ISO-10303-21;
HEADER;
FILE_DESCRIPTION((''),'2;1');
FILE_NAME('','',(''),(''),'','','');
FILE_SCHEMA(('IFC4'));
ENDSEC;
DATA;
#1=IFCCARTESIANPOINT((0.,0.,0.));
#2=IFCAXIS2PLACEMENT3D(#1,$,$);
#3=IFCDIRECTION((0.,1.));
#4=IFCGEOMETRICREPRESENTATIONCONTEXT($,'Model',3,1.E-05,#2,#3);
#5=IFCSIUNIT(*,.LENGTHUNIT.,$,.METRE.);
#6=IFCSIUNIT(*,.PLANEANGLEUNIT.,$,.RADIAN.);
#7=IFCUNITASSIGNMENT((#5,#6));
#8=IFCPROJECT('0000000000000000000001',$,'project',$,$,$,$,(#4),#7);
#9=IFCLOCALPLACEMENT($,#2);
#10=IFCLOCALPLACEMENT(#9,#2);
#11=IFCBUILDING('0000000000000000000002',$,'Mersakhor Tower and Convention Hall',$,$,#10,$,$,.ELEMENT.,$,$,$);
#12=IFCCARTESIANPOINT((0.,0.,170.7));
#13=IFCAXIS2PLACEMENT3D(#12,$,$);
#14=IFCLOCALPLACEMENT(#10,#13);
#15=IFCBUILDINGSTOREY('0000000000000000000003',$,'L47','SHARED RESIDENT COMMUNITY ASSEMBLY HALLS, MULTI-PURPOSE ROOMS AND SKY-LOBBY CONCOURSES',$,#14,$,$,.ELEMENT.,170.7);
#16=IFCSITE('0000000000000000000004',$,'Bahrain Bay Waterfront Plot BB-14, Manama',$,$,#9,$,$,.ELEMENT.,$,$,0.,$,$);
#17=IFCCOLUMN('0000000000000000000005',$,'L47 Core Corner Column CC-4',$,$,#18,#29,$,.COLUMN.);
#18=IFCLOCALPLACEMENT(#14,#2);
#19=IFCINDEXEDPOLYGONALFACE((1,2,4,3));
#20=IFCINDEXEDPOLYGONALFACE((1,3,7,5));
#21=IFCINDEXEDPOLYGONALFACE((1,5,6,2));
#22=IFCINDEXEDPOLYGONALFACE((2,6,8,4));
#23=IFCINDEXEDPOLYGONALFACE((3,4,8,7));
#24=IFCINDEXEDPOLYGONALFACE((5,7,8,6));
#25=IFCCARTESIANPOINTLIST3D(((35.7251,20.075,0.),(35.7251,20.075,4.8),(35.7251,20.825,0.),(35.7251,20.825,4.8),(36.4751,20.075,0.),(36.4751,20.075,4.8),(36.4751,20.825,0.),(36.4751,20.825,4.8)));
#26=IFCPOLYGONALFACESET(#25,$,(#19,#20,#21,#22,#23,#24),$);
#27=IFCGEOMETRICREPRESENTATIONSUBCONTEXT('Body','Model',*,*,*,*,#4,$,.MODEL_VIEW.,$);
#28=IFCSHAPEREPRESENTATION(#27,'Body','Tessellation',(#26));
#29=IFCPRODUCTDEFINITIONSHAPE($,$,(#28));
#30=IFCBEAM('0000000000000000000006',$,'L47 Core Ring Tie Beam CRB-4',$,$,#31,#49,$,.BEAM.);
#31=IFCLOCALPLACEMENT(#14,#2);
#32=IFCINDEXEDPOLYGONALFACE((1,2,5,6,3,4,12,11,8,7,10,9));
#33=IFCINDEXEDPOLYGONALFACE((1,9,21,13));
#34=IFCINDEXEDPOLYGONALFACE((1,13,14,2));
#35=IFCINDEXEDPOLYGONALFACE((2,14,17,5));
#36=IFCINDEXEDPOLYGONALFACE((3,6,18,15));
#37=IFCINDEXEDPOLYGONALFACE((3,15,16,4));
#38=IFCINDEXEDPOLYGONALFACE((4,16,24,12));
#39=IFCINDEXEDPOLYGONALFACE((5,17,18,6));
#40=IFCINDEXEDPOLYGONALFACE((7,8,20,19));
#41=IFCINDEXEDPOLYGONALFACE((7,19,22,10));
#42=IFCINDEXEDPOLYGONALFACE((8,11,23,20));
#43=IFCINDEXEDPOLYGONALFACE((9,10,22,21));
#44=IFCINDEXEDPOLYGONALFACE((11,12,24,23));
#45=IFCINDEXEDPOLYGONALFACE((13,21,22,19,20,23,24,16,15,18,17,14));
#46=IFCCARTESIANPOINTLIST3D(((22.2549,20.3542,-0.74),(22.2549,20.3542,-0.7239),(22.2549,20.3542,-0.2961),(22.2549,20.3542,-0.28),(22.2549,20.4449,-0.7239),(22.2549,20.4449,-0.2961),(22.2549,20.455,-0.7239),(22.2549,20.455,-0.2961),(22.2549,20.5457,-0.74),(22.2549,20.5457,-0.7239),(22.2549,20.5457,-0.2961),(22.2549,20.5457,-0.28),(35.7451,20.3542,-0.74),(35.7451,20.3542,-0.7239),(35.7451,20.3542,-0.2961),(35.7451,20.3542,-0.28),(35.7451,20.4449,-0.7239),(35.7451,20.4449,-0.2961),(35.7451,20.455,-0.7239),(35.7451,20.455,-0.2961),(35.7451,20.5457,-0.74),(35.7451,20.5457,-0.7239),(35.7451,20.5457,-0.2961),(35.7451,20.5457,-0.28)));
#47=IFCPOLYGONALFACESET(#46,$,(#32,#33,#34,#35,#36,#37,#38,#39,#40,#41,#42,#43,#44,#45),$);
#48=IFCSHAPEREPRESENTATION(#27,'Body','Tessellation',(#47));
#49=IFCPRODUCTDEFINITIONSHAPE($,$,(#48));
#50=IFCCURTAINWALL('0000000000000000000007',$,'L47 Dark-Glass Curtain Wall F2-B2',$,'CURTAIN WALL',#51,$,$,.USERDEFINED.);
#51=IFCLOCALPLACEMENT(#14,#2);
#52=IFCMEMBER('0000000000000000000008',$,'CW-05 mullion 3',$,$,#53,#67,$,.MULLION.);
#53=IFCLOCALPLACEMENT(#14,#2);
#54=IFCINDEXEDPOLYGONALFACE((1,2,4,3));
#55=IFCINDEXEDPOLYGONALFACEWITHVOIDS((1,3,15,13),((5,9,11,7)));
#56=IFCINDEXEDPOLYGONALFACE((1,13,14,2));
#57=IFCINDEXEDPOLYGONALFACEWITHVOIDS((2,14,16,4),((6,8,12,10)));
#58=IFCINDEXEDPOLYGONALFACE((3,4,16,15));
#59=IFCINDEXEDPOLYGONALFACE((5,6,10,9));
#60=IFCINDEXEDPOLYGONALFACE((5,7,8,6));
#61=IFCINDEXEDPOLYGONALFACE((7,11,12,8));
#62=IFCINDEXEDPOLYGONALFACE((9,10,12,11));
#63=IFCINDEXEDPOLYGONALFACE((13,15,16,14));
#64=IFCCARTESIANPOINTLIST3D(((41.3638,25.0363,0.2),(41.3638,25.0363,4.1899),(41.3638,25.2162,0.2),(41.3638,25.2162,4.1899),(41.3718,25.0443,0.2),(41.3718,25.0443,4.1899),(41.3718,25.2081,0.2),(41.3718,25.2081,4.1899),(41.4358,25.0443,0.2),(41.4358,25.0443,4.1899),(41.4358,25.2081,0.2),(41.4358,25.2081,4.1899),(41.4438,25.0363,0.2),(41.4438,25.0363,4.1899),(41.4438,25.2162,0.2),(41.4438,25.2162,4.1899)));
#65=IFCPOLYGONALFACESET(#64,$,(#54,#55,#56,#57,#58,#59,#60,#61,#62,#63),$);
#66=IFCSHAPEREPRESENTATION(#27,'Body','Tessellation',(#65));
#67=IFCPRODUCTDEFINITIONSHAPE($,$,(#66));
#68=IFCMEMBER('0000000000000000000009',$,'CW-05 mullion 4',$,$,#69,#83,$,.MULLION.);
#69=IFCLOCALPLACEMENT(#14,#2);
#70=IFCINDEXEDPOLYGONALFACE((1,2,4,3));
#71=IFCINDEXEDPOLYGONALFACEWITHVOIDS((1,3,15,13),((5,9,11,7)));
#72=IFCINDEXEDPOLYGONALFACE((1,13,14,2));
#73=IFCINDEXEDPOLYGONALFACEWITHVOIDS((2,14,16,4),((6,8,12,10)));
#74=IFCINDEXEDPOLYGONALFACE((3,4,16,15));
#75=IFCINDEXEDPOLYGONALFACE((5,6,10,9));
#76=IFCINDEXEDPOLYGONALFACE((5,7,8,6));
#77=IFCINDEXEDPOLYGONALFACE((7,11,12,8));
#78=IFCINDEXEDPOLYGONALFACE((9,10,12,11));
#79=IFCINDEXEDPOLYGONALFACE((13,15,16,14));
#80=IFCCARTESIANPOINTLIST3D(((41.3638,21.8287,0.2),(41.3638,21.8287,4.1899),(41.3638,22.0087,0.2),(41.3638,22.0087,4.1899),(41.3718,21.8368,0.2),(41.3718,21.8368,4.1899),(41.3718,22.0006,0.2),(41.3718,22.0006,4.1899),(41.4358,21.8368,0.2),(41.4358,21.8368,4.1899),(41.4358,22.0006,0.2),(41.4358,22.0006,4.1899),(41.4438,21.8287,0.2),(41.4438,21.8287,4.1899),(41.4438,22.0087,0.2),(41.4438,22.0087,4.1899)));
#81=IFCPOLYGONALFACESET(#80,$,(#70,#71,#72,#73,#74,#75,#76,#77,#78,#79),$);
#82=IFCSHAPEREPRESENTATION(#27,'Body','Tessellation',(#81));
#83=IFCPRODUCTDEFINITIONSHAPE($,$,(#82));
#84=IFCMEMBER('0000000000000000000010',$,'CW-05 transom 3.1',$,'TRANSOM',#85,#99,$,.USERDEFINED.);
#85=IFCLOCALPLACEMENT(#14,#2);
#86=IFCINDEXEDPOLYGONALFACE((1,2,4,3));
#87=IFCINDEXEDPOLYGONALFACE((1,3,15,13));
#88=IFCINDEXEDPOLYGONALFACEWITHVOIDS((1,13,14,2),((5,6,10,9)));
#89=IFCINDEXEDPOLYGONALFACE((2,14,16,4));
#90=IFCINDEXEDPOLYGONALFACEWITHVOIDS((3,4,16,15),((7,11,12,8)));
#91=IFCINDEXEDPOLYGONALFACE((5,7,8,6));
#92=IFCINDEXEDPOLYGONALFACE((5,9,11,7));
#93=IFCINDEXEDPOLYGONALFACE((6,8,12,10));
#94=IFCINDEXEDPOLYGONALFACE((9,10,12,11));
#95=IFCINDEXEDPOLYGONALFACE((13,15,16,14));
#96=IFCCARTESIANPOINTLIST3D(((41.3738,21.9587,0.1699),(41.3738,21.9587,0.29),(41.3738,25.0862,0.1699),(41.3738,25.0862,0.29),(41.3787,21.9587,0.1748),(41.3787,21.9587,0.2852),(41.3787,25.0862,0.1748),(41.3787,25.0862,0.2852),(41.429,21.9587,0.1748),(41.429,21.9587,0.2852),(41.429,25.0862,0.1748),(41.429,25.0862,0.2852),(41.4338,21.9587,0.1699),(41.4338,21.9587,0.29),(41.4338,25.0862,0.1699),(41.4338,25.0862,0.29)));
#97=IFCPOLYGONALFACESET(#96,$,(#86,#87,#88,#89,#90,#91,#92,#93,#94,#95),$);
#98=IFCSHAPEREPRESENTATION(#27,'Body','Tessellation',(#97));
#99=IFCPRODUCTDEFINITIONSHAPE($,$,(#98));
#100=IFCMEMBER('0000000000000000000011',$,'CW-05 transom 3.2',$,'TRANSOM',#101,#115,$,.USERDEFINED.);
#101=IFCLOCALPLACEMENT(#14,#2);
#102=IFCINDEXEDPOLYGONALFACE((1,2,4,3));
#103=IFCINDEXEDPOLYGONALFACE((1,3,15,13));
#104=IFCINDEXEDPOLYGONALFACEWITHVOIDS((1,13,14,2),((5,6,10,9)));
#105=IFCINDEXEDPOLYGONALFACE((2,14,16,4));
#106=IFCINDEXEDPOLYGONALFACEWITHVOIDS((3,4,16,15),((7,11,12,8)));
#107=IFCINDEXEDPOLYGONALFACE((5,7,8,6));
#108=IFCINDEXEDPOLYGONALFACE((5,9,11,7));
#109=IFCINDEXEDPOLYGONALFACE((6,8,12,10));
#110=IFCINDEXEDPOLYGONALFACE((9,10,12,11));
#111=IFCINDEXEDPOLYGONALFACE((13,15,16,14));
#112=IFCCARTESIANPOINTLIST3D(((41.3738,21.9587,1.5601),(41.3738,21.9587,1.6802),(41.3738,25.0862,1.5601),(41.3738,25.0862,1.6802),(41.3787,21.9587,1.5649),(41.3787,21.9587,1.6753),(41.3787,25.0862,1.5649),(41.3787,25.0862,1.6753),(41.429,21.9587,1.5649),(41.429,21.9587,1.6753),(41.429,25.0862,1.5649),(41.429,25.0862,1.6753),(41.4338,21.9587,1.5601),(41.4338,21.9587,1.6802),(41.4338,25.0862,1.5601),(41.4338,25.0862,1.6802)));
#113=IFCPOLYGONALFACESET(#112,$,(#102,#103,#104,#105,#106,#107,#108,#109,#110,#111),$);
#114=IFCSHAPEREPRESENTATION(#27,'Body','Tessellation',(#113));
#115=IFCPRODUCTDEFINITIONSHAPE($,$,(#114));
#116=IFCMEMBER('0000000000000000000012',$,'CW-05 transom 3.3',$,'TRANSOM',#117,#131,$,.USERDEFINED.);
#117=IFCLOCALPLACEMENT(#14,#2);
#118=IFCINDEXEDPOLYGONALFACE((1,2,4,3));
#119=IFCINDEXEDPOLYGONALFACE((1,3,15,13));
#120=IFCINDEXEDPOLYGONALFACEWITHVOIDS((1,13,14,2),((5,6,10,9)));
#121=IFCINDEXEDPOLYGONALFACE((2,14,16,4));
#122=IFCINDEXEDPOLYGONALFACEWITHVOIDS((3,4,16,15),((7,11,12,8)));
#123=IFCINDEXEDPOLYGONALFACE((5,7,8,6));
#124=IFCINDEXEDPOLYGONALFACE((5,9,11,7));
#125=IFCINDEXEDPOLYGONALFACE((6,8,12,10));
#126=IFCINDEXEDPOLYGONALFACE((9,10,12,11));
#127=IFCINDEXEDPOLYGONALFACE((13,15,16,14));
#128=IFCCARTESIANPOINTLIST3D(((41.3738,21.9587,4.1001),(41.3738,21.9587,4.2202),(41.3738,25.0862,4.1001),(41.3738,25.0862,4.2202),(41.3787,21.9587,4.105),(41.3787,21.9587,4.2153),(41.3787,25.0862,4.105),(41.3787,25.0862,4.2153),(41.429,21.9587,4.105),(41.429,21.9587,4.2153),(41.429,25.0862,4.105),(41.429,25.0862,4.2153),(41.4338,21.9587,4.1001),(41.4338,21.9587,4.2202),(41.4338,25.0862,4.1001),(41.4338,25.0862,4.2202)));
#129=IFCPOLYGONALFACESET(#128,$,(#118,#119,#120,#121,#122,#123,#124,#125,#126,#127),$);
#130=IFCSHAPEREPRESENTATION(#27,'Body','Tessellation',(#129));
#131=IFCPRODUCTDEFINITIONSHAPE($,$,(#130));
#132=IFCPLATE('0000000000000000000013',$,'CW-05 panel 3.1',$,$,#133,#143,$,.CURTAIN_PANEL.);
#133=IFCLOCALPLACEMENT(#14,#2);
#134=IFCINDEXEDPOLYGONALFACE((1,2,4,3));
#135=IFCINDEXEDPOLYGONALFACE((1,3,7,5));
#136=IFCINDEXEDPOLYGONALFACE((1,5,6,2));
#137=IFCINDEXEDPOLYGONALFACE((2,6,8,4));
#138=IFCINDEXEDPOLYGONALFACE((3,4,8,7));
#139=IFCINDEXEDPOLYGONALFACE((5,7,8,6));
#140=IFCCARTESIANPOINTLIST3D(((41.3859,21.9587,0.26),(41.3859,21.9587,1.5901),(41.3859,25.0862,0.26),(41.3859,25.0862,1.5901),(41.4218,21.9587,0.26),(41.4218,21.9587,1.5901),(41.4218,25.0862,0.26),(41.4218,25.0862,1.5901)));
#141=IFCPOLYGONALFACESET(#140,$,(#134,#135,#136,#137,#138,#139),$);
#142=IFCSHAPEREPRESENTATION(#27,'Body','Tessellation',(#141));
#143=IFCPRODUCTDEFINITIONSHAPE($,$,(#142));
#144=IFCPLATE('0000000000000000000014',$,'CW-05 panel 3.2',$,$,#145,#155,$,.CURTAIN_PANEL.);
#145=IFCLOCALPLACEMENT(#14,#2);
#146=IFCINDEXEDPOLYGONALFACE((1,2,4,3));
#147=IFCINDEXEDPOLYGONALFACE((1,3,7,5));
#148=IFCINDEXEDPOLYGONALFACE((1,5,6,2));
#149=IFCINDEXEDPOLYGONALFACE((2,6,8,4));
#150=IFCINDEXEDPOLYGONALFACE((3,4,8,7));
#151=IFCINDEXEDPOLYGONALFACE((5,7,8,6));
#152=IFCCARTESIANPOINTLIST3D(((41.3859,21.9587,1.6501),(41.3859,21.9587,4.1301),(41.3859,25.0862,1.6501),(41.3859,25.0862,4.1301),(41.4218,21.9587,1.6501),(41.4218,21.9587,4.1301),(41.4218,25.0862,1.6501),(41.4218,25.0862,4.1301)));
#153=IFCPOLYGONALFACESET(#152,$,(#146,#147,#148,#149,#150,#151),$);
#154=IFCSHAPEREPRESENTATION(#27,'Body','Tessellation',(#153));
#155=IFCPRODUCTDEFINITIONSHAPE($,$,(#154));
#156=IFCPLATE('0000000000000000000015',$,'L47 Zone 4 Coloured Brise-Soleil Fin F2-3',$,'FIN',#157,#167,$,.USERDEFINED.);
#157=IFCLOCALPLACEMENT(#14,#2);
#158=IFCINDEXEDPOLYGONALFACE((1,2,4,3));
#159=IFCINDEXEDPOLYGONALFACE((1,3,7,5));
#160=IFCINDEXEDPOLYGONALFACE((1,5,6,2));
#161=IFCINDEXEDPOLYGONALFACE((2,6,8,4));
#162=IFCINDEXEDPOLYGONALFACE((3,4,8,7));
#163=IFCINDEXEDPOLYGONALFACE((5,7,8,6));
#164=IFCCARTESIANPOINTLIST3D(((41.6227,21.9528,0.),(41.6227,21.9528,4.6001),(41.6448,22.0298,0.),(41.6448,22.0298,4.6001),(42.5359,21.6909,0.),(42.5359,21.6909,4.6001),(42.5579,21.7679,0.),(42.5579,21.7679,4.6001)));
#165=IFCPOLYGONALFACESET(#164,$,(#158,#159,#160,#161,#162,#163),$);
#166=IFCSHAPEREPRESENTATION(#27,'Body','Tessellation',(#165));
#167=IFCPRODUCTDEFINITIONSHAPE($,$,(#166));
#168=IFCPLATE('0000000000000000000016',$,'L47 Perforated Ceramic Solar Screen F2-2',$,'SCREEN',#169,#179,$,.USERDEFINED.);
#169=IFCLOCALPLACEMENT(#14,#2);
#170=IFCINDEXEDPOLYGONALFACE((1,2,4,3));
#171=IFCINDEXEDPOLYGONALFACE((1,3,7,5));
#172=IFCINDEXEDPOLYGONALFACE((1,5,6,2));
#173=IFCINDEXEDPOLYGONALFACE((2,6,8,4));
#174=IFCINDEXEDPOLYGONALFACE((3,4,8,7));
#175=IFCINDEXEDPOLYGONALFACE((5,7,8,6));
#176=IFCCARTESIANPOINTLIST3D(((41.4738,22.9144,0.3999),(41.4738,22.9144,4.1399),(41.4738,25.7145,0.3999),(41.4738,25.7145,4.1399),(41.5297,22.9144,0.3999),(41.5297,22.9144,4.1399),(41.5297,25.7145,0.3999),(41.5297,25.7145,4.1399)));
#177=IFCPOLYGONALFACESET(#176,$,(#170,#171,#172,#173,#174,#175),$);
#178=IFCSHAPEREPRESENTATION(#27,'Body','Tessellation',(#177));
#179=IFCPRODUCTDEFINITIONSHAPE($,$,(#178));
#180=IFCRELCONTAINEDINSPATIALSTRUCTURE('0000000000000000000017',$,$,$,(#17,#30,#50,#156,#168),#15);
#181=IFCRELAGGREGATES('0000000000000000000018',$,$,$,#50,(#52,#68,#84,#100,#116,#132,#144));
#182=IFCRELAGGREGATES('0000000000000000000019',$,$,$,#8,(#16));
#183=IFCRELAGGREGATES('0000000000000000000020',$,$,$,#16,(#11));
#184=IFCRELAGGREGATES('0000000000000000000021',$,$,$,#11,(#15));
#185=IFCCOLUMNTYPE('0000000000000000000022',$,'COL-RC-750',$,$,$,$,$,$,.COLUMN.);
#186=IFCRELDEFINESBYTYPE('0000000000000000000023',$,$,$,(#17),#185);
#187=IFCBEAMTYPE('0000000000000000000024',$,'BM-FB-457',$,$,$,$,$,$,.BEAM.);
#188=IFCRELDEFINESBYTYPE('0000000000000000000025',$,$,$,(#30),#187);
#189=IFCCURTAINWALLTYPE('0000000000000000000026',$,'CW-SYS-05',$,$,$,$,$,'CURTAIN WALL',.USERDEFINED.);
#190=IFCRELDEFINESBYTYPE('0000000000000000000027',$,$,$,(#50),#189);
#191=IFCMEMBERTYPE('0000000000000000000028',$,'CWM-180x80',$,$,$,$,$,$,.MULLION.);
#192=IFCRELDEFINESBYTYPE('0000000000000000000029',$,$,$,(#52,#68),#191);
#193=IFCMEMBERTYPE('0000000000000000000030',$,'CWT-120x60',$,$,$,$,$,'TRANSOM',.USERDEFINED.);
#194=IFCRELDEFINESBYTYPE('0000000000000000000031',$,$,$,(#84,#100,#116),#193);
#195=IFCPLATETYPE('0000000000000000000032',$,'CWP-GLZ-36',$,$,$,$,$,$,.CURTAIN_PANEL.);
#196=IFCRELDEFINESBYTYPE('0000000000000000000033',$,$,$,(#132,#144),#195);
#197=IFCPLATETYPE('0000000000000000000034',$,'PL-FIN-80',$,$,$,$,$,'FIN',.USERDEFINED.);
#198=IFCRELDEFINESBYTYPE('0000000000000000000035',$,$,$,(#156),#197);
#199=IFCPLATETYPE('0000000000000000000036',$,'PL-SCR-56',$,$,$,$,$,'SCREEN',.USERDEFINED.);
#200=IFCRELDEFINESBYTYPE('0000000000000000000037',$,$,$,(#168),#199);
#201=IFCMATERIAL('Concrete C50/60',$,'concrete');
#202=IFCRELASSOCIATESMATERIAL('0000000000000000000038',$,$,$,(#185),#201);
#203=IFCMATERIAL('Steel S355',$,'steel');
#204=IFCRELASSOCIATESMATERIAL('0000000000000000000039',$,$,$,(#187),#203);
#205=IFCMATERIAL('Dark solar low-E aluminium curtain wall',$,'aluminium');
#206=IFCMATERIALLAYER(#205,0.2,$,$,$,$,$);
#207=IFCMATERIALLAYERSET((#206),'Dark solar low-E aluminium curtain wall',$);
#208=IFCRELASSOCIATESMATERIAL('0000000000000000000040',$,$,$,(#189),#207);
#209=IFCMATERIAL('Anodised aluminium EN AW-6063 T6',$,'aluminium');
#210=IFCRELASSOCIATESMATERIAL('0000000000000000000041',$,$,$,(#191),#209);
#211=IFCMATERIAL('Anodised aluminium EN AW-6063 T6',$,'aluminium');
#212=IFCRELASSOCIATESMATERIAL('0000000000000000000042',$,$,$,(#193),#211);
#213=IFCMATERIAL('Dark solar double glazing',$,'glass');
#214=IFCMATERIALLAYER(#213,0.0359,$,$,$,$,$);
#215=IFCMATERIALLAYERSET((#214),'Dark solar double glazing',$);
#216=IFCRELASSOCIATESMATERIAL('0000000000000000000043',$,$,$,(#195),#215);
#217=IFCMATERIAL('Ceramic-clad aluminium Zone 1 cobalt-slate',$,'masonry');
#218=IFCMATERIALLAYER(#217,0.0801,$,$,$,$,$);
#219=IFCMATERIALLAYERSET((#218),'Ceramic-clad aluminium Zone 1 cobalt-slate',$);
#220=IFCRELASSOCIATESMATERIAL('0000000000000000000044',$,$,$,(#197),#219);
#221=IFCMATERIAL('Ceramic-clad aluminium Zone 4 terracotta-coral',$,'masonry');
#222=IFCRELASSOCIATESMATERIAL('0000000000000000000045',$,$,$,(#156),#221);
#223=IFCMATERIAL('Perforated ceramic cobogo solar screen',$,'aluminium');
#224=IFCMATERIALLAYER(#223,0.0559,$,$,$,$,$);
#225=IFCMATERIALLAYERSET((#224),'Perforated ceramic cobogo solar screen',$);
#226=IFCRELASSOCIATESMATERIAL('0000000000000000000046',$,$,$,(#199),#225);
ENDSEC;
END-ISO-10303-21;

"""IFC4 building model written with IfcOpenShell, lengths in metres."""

from ifc_helpers import new_model, si_unit, direction, frame, origin, origin_2d, place, context, subcontext, project, spatial, rectangle, hollow_rectangle, i_section, extrude, material, layer, layer_set, material_profile, profile_set, type_object, element, aggregate, save


model = new_model("IFC4")

# Units and contexts
model_context = context("Model", 3, precision=1e-05, world=origin(), true_north=direction((0.0, 1.0)))
body_context = subcontext(model_context, "Body", "Model", "MODEL_VIEW")
ifc_project = project(units=[si_unit("LENGTHUNIT", "METRE"), si_unit("PLANEANGLEUNIT", "RADIAN")], contexts=[model_context])

# Site, building, storey
site_placement = place(None, origin())
site = spatial("IfcSite", under=ifc_project, at=site_placement, Name="Bahrain Bay Waterfront Plot BB-14, Manama", CompositionType="ELEMENT", RefElevation=0.0)
building_placement = place(site_placement, origin())
building = spatial("IfcBuilding", under=site, at=building_placement, Name="Mersakhor Tower and Convention Hall", CompositionType="ELEMENT")
storey_placement = place(building_placement, frame((0.0, 0.0, 170.7)))
storey = spatial("IfcBuildingStorey", under=building, at=storey_placement, Name="L47", Description="SHARED RESIDENT COMMUNITY ASSEMBLY HALLS, MULTI-PURPOSE ROOMS AND SKY-LOBBY CONCOURSES", CompositionType="ELEMENT", Elevation=170.7)

# Column
ifc_material_1 = material(Name="Concrete C50/60", Category="concrete")
ifc_material_profile_1 = material_profile(ifc_material_1, rectangle(XDim=0.75, YDim=0.75, at=origin_2d()), Name="RC 750x750")
ifc_profile_set_1 = profile_set([ifc_material_profile_1], Name="Concrete C50/60")
column_type = type_object("IfcColumnType", Name="COL-RC-750", PredefinedType="COLUMN", material=ifc_profile_set_1)
column_placement = place(storey_placement, frame((36.1001, 20.45, 0.0), z_axis=(0.0, 0.0, 1.0), x_axis=(1.0, 0.0, 0.0)))
element("IfcColumn", 1, at=column_placement, inside=storey, type_object=column_type, Name="L47 Core Corner Column CC-4", PredefinedType="COLUMN", context=body_context, shape_type="SweptSolid", body=[
    extrude(rectangle(XDim=0.75, YDim=0.75, at=origin_2d()), origin(), (0.0, 0.0, 1.0), 4.8),
])

# Beam
ifc_material_2 = material(Name="Steel S355", Category="steel")
ifc_material_profile_2 = material_profile(ifc_material_2, i_section(OverallWidth=0.1914, OverallDepth=0.46, WebThickness=0.01, FlangeThickness=0.0161, at=origin_2d()), Name="UB 457x191x82")
ifc_profile_set_2 = profile_set([ifc_material_profile_2], Name="Steel S355")
beam_type = type_object("IfcBeamType", Name="BM-FB-457", PredefinedType="BEAM", material=ifc_profile_set_2)
beam_placement = place(storey_placement, frame((35.7451, 20.45, -0.51), z_axis=(-1.0, 0.0, 0.0), x_axis=(0.0, -1.0, 0.0)))
element("IfcBeam", 2, at=beam_placement, inside=storey, type_object=beam_type, Name="L47 Core Ring Tie Beam CRB-4", PredefinedType="BEAM", context=body_context, shape_type="SweptSolid", body=[
    extrude(i_section(OverallWidth=0.1914, OverallDepth=0.46, WebThickness=0.01, FlangeThickness=0.0161, at=origin_2d()), origin(), (0.0, 0.0, 1.0), 13.4902),
])

# Curtain wall, members, plates
ifc_material_3 = material(Name="Dark solar low-E aluminium curtain wall", Category="aluminium")
ifc_layer_1 = layer(ifc_material_3, 0.2)
ifc_layer_set_1 = layer_set([ifc_layer_1], Name="Dark solar low-E aluminium curtain wall")
curtain_wall_type = type_object("IfcCurtainWallType", Name="CW-SYS-05", ElementType="CURTAIN WALL", PredefinedType="USERDEFINED", material=ifc_layer_set_1)
curtain_wall_placement = place(storey_placement, origin())
curtain_wall = element("IfcCurtainWall", 3, at=curtain_wall_placement, inside=storey, type_object=curtain_wall_type, Name="L47 Dark-Glass Curtain Wall F2-B2", ObjectType="CURTAIN WALL", PredefinedType="USERDEFINED")
ifc_material_4 = material(Name="Anodised aluminium EN AW-6063 T6", Category="aluminium")
ifc_material_profile_3 = material_profile(ifc_material_4, hollow_rectangle(XDim=0.0801, YDim=0.1799, WallThickness=0.0081, at=origin_2d()), Name="RHS 180x80x8")
ifc_profile_set_3 = profile_set([ifc_material_profile_3], Name="Anodised aluminium EN AW-6063 T6")
member_type_1 = type_object("IfcMemberType", Name="CWM-180x80", PredefinedType="MULLION", material=ifc_profile_set_3)
member_1_placement = place(storey_placement, frame((41.4038, 25.1262, 0.2), z_axis=(0.0, 0.0, 1.0), x_axis=(1.0, 0.0, 0.0)))
member_1 = element("IfcMember", 4, at=member_1_placement, type_object=member_type_1, Name="CW-05 mullion 3", PredefinedType="MULLION", context=body_context, shape_type="SweptSolid", body=[
    extrude(hollow_rectangle(XDim=0.0801, YDim=0.1799, WallThickness=0.0081, at=origin_2d()), origin(), (0.0, 0.0, 1.0), 3.99),
])
member_2_placement = place(storey_placement, frame((41.4038, 21.9187, 0.2), z_axis=(0.0, 0.0, 1.0), x_axis=(1.0, 0.0, 0.0)))
member_2 = element("IfcMember", 5, at=member_2_placement, type_object=member_type_1, Name="CW-05 mullion 4", PredefinedType="MULLION", context=body_context, shape_type="SweptSolid", body=[
    extrude(hollow_rectangle(XDim=0.0801, YDim=0.1799, WallThickness=0.0081, at=origin_2d()), origin(), (0.0, 0.0, 1.0), 3.99),
])
ifc_material_5 = material(Name="Anodised aluminium EN AW-6063 T6", Category="aluminium")
ifc_material_profile_4 = material_profile(ifc_material_5, hollow_rectangle(XDim=0.0601, YDim=0.1201, WallThickness=0.0049, at=origin_2d()), Name="RHS 120x60x5")
ifc_profile_set_4 = profile_set([ifc_material_profile_4], Name="Anodised aluminium EN AW-6063 T6")
member_type_2 = type_object("IfcMemberType", Name="CWT-120x60", ElementType="TRANSOM", PredefinedType="USERDEFINED", material=ifc_profile_set_4)
member_3_placement = place(storey_placement, frame((41.4038, 25.0862, 0.23), z_axis=(0.0, -1.0, 0.0), x_axis=(1.0, 0.0, 0.0)))
member_3 = element("IfcMember", 6, at=member_3_placement, type_object=member_type_2, Name="CW-05 transom 3.1", ObjectType="TRANSOM", PredefinedType="USERDEFINED", context=body_context, shape_type="SweptSolid", body=[
    extrude(hollow_rectangle(XDim=0.0601, YDim=0.1201, WallThickness=0.0049, at=origin_2d()), origin(), (0.0, 0.0, 1.0), 3.1274),
])
member_4_placement = place(storey_placement, frame((41.4038, 25.0862, 1.6201), z_axis=(0.0, -1.0, 0.0), x_axis=(1.0, 0.0, 0.0)))
member_4 = element("IfcMember", 7, at=member_4_placement, type_object=member_type_2, Name="CW-05 transom 3.2", ObjectType="TRANSOM", PredefinedType="USERDEFINED", context=body_context, shape_type="SweptSolid", body=[
    extrude(hollow_rectangle(XDim=0.0601, YDim=0.1201, WallThickness=0.0049, at=origin_2d()), origin(), (0.0, 0.0, 1.0), 3.1274),
])
member_5_placement = place(storey_placement, frame((41.4038, 25.0862, 4.1602), z_axis=(0.0, -1.0, 0.0), x_axis=(1.0, 0.0, 0.0)))
member_5 = element("IfcMember", 8, at=member_5_placement, type_object=member_type_2, Name="CW-05 transom 3.3", ObjectType="TRANSOM", PredefinedType="USERDEFINED", context=body_context, shape_type="SweptSolid", body=[
    extrude(hollow_rectangle(XDim=0.0601, YDim=0.1201, WallThickness=0.0049, at=origin_2d()), origin(), (0.0, 0.0, 1.0), 3.1274),
])
ifc_material_6 = material(Name="Dark solar double glazing", Category="glass")
ifc_layer_2 = layer(ifc_material_6, 0.0359)
ifc_layer_set_2 = layer_set([ifc_layer_2], Name="Dark solar double glazing")
plate_type_1 = type_object("IfcPlateType", Name="CWP-GLZ-36", PredefinedType="CURTAIN_PANEL", material=ifc_layer_set_2)
plate_1_placement = place(storey_placement, frame((41.4038, 23.5225, 0.26), z_axis=(0.0, 0.0, 1.0), x_axis=(0.0, -1.0, 0.0)))
plate_1 = element("IfcPlate", 9, at=plate_1_placement, type_object=plate_type_1, Name="CW-05 panel 3.1", PredefinedType="CURTAIN_PANEL", context=body_context, shape_type="SweptSolid", body=[
    extrude(rectangle(XDim=3.1274, YDim=0.0359, at=origin_2d()), origin(), (0.0, 0.0, 1.0), 1.3301),
])
plate_2_placement = place(storey_placement, frame((41.4038, 23.5225, 1.6501), z_axis=(0.0, 0.0, 1.0), x_axis=(0.0, -1.0, 0.0)))
plate_2 = element("IfcPlate", 10, at=plate_2_placement, type_object=plate_type_1, Name="CW-05 panel 3.2", PredefinedType="CURTAIN_PANEL", context=body_context, shape_type="SweptSolid", body=[
    extrude(rectangle(XDim=3.1274, YDim=0.0359, at=origin_2d()), origin(), (0.0, 0.0, 1.0), 2.48),
])
aggregate(curtain_wall, [member_1, member_2, member_3, member_4, member_5, plate_1, plate_2])

# Plates
ifc_material_7 = material(Name="Ceramic-clad aluminium Zone 4 terracotta-coral", Category="masonry")
ifc_material_8 = material(Name="Ceramic-clad aluminium Zone 1 cobalt-slate", Category="masonry")
ifc_layer_3 = layer(ifc_material_8, 0.0801)
ifc_layer_set_3 = layer_set([ifc_layer_3], Name="Ceramic-clad aluminium Zone 1 cobalt-slate")
plate_type_2 = type_object("IfcPlateType", Name="PL-FIN-80", ElementType="FIN", PredefinedType="USERDEFINED", material=ifc_layer_set_3)
plate_3_placement = place(storey_placement, frame((42.0903, 21.8604, 0.0), z_axis=(0.0, 0.0, 1.0), x_axis=(0.961262, -0.275637, 0.0)))
element("IfcPlate", 11, at=plate_3_placement, inside=storey, type_object=plate_type_2, material=ifc_material_7, Name="L47 Zone 4 Coloured Brise-Soleil Fin F2-3", ObjectType="FIN", PredefinedType="USERDEFINED", context=body_context, shape_type="SweptSolid", body=[
    extrude(rectangle(XDim=0.95, YDim=0.0801, at=origin_2d()), origin(), (0.0, 0.0, 1.0), 4.6001),
])
ifc_material_9 = material(Name="Perforated ceramic cobogo solar screen", Category="aluminium")
ifc_layer_4 = layer(ifc_material_9, 0.0559)
ifc_layer_set_4 = layer_set([ifc_layer_4], Name="Perforated ceramic cobogo solar screen")
plate_type_3 = type_object("IfcPlateType", Name="PL-SCR-56", ElementType="SCREEN", PredefinedType="USERDEFINED", material=ifc_layer_set_4)
plate_4_placement = place(storey_placement, frame((41.5017, 24.3145, 0.3999), z_axis=(0.0, 0.0, 1.0), x_axis=(0.0, -1.0, 0.0)))
element("IfcPlate", 12, at=plate_4_placement, inside=storey, type_object=plate_type_3, Name="L47 Perforated Ceramic Solar Screen F2-2", ObjectType="SCREEN", PredefinedType="USERDEFINED", context=body_context, shape_type="SweptSolid", body=[
    extrude(rectangle(XDim=2.8, YDim=0.0559, at=origin_2d()), origin(), (0.0, 0.0, 1.0), 3.74),
])

save(model, "model.ifc")
